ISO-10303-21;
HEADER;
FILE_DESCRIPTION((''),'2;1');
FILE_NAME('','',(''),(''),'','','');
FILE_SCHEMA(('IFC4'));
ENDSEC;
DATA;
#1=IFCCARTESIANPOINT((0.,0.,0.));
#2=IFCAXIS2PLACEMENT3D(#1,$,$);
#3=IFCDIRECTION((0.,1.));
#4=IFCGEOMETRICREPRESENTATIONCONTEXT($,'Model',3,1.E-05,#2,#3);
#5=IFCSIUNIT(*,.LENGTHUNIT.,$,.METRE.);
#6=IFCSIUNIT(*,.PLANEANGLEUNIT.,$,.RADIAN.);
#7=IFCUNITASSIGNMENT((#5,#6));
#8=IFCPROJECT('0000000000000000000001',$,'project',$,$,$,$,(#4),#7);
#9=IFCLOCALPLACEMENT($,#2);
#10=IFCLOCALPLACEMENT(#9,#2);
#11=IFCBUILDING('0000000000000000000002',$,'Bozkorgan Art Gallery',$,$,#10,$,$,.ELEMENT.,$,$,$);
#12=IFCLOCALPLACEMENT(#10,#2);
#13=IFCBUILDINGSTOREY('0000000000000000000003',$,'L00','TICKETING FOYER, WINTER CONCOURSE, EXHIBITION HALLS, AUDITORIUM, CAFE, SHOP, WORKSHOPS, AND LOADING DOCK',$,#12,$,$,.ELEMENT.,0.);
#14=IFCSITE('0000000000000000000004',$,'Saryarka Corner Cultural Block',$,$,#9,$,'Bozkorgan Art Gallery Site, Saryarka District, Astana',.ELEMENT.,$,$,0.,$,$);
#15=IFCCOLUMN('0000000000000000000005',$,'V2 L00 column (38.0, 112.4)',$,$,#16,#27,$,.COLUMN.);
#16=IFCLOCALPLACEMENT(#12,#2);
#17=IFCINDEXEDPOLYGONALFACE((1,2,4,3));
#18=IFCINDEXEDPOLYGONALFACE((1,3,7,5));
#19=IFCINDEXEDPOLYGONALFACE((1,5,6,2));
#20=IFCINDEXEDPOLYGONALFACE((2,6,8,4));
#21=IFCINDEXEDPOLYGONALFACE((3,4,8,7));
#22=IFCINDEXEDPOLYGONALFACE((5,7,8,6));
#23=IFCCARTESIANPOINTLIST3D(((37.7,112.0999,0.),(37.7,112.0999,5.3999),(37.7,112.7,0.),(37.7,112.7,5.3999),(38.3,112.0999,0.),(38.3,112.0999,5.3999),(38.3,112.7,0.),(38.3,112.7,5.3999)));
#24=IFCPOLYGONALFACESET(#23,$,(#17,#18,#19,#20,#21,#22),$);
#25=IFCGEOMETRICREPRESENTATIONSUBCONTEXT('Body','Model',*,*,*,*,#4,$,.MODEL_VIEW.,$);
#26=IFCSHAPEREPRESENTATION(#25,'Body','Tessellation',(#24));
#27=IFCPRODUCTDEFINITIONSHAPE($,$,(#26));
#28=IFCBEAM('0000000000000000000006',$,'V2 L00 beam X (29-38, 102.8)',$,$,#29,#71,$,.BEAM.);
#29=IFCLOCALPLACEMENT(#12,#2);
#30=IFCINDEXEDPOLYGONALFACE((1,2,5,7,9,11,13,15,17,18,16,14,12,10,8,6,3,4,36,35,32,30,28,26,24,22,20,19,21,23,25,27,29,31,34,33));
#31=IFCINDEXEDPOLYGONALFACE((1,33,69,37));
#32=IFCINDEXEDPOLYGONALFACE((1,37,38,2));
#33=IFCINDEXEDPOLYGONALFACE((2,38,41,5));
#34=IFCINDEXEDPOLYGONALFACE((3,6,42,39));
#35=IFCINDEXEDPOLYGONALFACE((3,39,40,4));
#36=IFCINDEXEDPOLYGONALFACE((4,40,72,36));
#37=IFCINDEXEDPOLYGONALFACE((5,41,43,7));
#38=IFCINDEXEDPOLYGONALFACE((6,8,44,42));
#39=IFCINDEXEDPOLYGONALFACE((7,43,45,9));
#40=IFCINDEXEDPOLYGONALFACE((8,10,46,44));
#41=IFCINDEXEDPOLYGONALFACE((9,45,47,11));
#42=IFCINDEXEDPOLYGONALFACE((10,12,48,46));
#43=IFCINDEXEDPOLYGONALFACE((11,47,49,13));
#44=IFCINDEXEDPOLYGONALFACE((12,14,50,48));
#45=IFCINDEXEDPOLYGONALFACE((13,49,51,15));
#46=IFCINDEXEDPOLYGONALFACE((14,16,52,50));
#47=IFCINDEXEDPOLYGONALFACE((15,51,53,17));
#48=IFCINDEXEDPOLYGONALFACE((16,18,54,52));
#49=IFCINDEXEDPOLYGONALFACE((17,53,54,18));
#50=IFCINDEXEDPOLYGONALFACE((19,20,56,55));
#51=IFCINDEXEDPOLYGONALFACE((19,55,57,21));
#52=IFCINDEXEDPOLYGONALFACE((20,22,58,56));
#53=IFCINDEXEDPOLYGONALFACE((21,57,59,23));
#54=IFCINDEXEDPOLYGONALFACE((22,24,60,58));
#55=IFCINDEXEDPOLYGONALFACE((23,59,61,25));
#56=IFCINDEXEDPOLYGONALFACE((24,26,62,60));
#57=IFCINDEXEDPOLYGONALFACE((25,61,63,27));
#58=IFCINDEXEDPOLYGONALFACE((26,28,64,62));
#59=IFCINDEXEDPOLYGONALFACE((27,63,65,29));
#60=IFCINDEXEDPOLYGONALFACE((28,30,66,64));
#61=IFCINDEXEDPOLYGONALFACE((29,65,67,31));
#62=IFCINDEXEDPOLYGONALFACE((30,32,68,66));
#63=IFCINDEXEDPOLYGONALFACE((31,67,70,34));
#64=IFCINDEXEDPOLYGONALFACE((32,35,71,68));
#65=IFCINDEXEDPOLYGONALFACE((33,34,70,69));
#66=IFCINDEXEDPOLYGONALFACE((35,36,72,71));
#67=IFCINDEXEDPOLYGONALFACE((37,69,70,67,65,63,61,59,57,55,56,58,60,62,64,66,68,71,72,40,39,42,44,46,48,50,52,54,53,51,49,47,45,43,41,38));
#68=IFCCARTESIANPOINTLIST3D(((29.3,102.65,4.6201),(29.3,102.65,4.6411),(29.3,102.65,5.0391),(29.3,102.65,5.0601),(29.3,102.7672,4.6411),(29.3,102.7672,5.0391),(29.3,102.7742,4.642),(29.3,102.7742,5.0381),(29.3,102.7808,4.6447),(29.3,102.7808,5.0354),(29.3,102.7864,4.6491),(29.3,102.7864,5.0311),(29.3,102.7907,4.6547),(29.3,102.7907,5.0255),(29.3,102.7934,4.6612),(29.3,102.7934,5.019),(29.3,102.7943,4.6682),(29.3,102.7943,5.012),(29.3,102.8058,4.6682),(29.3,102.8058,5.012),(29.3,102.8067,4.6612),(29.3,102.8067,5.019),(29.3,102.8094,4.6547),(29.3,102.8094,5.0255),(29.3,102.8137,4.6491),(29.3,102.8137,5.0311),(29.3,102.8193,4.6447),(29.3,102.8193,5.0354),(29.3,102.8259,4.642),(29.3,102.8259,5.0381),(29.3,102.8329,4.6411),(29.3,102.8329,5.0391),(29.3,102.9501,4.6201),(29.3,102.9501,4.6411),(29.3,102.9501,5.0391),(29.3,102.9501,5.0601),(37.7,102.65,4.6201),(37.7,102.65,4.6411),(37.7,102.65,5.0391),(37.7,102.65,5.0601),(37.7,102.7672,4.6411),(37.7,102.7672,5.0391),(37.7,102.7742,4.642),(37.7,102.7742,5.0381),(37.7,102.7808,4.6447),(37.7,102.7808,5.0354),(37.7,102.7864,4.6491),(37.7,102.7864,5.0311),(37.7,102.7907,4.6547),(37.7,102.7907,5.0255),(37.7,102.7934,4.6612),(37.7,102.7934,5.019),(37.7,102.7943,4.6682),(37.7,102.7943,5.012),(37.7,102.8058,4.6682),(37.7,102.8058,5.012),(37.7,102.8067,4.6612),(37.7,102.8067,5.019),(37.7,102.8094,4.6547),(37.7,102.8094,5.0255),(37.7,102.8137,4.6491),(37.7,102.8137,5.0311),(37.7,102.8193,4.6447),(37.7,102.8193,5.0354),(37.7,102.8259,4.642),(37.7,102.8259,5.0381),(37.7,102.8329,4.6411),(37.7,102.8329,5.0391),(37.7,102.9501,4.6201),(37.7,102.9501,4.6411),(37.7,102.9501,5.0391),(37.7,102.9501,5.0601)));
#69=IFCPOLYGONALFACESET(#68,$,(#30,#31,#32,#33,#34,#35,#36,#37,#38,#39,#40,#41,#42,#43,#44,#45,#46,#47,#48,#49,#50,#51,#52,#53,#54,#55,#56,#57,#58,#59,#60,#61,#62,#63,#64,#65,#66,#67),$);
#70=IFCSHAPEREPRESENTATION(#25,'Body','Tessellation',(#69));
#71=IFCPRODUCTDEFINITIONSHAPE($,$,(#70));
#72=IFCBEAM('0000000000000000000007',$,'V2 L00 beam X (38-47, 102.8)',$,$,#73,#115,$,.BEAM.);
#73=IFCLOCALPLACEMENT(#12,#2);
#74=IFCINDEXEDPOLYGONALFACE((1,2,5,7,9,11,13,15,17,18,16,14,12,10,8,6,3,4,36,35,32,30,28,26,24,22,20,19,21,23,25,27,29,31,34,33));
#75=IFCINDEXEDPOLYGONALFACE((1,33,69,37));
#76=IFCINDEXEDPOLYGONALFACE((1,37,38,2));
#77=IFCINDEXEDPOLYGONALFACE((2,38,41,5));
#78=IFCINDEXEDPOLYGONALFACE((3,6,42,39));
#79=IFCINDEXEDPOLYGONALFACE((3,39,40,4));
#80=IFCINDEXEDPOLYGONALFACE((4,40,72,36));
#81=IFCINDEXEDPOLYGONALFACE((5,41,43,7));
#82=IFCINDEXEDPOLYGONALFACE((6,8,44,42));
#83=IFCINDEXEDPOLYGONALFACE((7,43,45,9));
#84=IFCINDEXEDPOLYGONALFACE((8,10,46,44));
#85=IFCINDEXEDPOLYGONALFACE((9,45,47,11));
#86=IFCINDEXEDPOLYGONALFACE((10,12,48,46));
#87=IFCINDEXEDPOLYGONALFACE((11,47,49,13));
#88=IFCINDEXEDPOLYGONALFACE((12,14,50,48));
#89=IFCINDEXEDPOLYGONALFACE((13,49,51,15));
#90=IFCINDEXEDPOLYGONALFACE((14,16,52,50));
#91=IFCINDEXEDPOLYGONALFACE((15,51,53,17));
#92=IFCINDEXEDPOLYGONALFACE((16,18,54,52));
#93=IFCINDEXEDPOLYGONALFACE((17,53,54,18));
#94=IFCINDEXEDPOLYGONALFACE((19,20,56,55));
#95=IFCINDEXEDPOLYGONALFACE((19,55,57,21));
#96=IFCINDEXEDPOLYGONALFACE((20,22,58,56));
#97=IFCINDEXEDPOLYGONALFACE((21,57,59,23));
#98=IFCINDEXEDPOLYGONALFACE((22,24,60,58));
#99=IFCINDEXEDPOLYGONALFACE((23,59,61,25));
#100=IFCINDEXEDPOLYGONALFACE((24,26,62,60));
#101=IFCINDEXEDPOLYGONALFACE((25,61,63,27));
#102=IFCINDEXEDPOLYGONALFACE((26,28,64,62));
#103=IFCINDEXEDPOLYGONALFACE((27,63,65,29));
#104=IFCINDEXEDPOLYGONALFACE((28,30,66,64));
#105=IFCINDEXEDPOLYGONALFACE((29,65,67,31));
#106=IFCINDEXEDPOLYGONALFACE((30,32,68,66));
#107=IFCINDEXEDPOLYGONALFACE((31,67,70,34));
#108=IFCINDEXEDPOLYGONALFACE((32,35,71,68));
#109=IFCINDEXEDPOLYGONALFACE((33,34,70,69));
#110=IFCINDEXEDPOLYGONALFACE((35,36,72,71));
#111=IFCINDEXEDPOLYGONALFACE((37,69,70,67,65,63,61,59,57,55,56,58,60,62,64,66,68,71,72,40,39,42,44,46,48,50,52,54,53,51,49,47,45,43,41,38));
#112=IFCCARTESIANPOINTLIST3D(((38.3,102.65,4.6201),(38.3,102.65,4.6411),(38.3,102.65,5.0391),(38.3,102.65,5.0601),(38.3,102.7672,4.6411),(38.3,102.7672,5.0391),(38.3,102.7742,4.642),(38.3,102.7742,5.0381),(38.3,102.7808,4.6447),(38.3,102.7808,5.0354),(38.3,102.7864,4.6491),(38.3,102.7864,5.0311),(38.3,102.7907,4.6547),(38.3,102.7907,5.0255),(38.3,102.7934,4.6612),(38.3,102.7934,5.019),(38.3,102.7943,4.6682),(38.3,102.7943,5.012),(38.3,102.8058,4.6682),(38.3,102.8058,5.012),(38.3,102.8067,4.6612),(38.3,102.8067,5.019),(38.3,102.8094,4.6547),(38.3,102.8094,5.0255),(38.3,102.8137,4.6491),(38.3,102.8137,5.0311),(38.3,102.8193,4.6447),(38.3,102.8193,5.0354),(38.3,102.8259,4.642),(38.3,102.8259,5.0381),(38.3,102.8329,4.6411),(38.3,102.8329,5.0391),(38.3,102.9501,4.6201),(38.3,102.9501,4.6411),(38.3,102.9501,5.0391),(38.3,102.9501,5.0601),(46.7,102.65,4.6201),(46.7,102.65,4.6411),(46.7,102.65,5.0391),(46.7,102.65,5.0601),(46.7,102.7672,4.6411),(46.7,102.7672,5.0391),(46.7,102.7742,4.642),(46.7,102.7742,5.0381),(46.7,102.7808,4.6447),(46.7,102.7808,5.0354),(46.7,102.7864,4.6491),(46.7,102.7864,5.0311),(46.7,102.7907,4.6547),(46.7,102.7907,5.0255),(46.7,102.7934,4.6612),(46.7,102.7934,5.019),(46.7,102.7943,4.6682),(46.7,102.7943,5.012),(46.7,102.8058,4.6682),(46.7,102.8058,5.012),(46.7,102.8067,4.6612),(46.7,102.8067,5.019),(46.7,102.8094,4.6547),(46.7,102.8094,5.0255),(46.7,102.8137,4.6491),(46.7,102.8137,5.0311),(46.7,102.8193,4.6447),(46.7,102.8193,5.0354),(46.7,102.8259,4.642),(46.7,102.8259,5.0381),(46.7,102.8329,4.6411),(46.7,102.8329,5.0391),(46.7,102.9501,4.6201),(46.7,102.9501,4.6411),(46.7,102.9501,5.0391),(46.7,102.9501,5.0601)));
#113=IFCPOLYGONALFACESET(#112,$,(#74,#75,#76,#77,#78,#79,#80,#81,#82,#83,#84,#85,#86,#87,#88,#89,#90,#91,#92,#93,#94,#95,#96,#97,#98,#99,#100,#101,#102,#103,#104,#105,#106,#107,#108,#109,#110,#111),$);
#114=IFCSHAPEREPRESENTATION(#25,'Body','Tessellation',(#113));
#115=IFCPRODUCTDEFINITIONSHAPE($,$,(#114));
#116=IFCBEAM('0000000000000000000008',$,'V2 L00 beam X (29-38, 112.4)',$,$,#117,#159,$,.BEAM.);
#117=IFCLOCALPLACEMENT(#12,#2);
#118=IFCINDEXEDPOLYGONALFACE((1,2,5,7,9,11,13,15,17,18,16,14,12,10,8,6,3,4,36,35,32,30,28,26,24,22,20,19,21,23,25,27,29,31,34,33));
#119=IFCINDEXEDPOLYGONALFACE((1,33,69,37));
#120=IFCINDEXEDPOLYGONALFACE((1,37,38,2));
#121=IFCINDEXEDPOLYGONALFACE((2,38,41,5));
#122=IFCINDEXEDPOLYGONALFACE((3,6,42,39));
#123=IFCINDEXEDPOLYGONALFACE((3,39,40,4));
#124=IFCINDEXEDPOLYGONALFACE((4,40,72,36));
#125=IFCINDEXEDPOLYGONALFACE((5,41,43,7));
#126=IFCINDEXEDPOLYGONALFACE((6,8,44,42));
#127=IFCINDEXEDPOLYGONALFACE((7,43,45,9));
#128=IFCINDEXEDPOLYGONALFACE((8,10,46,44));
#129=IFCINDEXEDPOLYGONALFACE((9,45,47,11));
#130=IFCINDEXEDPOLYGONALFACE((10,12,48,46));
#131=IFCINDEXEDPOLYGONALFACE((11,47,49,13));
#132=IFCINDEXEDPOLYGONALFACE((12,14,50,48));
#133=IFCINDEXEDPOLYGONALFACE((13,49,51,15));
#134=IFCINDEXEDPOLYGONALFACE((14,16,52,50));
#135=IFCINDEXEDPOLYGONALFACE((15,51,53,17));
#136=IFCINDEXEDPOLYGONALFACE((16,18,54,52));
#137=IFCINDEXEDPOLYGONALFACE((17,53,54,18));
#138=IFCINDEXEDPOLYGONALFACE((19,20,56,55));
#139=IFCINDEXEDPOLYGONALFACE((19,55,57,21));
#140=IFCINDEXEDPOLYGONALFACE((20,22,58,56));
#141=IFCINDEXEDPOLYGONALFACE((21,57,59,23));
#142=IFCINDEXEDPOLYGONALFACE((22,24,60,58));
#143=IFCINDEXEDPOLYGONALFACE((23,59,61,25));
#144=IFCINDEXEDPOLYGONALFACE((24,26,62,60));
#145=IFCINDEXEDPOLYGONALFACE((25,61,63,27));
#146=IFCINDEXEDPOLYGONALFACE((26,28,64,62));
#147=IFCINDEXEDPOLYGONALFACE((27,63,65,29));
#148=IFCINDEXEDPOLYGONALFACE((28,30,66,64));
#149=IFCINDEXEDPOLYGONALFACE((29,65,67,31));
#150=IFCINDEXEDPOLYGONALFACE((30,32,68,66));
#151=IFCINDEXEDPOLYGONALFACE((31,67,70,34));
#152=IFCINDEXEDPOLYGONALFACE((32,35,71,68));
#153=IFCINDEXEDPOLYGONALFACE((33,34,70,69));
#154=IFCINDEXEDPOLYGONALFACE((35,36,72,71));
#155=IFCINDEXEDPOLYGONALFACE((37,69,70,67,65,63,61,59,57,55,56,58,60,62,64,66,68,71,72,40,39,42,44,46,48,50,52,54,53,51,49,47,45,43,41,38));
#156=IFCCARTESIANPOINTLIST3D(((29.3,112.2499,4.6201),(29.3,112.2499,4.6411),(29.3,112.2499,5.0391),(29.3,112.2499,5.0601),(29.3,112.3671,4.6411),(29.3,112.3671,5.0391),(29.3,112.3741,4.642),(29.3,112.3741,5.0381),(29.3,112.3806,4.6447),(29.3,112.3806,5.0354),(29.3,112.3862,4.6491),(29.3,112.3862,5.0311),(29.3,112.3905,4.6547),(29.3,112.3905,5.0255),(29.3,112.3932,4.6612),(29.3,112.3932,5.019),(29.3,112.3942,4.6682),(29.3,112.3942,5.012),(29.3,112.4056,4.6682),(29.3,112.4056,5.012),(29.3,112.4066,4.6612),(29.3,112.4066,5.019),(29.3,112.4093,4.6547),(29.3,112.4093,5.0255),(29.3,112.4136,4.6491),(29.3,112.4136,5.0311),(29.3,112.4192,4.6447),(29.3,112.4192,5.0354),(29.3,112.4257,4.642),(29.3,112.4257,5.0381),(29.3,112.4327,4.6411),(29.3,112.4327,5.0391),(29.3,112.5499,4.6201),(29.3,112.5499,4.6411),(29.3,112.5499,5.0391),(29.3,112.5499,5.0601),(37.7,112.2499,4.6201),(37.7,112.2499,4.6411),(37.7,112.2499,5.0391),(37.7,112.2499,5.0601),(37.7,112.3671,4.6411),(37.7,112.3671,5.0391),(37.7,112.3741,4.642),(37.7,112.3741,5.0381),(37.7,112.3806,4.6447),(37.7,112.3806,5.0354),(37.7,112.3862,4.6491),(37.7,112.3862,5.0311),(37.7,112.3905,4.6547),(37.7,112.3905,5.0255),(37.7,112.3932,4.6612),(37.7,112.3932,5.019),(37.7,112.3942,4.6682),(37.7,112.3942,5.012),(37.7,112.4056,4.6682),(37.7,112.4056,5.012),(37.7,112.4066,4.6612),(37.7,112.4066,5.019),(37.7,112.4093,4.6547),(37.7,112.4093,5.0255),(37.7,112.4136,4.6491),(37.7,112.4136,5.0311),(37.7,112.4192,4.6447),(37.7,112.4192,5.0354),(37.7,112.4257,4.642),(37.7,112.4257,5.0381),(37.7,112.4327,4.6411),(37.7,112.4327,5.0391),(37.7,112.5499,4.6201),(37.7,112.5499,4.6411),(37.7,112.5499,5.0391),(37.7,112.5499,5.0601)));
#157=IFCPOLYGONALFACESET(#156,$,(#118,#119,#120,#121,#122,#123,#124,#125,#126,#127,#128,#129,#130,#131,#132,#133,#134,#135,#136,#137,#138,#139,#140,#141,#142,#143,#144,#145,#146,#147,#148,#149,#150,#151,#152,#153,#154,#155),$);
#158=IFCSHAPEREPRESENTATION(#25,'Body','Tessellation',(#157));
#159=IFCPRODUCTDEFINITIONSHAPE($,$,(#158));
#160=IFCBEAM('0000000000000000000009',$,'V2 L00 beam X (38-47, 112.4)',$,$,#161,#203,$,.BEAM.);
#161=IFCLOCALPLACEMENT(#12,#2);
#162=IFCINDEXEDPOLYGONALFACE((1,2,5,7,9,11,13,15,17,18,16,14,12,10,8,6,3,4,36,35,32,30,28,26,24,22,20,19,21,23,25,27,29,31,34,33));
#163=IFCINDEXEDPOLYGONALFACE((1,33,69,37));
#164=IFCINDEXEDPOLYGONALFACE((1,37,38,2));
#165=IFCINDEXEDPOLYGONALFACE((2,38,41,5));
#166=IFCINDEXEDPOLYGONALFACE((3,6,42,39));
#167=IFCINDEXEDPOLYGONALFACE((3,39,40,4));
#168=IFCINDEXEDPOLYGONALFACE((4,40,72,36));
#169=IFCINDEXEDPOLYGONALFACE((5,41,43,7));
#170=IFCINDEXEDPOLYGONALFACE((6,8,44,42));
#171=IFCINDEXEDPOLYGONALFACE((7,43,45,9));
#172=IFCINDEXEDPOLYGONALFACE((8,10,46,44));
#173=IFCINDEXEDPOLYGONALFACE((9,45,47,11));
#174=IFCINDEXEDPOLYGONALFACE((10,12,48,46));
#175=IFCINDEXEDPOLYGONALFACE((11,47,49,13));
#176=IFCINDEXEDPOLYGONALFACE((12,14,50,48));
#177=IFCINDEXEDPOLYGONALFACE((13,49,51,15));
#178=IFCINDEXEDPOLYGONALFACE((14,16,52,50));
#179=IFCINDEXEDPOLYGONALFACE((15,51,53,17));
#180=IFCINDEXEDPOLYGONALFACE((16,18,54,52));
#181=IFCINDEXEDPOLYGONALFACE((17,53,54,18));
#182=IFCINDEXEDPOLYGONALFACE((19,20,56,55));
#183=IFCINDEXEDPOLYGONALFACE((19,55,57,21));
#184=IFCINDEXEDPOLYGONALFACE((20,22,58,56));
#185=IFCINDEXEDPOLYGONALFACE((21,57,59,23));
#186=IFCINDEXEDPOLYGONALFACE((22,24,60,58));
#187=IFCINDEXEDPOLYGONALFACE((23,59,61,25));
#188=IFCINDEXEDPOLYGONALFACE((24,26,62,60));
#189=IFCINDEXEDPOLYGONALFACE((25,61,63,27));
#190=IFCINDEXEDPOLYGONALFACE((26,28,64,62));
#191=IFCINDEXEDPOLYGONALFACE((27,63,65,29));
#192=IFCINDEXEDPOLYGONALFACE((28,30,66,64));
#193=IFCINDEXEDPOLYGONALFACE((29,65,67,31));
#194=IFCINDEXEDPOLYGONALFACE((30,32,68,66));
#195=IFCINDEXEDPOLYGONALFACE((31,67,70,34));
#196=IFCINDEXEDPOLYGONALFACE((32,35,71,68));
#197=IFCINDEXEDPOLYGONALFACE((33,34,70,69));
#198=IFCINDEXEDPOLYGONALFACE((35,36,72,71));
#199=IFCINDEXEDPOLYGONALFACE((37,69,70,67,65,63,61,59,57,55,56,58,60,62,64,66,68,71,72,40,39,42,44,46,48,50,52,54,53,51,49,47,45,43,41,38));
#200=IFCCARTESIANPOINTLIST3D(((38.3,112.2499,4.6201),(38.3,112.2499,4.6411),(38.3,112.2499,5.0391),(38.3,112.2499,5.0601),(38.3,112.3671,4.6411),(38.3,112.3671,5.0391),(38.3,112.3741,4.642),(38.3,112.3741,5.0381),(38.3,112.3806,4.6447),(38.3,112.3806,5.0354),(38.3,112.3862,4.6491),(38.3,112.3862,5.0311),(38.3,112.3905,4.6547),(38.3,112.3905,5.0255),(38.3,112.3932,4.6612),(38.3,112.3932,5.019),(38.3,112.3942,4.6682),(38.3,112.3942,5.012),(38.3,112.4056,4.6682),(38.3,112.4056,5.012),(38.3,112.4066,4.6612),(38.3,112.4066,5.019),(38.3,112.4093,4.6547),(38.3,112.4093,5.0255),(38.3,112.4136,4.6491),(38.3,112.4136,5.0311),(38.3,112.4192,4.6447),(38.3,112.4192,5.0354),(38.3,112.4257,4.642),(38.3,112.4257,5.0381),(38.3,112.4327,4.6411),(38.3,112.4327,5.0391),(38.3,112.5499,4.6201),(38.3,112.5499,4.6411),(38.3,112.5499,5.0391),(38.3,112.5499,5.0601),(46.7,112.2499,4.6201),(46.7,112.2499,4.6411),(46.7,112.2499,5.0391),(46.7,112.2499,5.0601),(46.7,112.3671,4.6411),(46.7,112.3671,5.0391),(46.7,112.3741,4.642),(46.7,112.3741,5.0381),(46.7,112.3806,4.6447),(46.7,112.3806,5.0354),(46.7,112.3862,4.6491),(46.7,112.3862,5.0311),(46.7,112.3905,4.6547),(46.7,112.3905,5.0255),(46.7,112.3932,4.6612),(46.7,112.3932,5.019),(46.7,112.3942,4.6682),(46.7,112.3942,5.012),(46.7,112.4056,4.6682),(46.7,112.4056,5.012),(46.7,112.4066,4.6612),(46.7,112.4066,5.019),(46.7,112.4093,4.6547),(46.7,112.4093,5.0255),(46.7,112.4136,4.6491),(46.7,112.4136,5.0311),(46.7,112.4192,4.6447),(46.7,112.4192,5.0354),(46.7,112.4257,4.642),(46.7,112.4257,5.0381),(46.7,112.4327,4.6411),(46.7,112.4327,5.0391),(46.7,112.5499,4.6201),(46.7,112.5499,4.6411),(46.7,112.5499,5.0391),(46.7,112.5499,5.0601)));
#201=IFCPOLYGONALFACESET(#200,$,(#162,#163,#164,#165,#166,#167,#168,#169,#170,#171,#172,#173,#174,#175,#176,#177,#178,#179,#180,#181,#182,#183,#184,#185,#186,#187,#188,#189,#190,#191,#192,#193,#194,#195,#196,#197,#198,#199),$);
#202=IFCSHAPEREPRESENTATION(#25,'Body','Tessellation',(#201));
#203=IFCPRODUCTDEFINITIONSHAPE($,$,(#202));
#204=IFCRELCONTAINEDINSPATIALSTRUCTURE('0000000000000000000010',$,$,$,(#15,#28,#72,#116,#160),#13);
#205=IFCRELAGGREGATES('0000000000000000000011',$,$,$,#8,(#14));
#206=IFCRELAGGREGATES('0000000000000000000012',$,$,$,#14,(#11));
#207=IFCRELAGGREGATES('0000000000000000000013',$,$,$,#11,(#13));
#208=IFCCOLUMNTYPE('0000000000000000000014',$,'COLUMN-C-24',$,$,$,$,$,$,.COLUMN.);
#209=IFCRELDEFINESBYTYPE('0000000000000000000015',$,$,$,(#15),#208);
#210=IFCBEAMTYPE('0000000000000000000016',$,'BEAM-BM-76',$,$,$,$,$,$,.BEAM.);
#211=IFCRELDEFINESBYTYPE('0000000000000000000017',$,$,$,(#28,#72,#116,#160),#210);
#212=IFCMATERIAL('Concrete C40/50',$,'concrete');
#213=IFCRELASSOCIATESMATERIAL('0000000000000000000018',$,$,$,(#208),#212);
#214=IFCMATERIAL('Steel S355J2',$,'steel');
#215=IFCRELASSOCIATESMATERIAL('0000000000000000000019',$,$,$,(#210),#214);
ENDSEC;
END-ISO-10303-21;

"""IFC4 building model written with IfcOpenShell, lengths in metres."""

from ifc_helpers import new_model, si_unit, direction, frame, origin, origin_2d, place, context, subcontext, project, spatial, rectangle, i_section, extrude, material, material_profile, profile_set, type_object, element, save


model = new_model("IFC4")

# Units and contexts
model_context = context("Model", 3, precision=1e-05, world=origin(), true_north=direction((0.0, 1.0)))
body_context = subcontext(model_context, "Body", "Model", "MODEL_VIEW")
ifc_project = project(units=[si_unit("LENGTHUNIT", "METRE"), si_unit("PLANEANGLEUNIT", "RADIAN")], contexts=[model_context])

# Site, building, storey
site_placement = place(None, origin())
site = spatial("IfcSite", under=ifc_project, at=site_placement, Name="Saryarka Corner Cultural Block", LongName="Bozkorgan Art Gallery Site, Saryarka District, Astana", CompositionType="ELEMENT", RefElevation=0.0)
building_placement = place(site_placement, origin())
building = spatial("IfcBuilding", under=site, at=building_placement, Name="Bozkorgan Art Gallery", CompositionType="ELEMENT")
storey_placement = place(building_placement, origin())
storey = spatial("IfcBuildingStorey", under=building, at=storey_placement, Name="L00", Description="TICKETING FOYER, WINTER CONCOURSE, EXHIBITION HALLS, AUDITORIUM, CAFE, SHOP, WORKSHOPS, AND LOADING DOCK", CompositionType="ELEMENT", Elevation=0.0)

# Column
ifc_material_1 = material(Name="Concrete C40/50", Category="concrete")
ifc_material_profile_1 = material_profile(ifc_material_1, rectangle(XDim=0.6001, YDim=0.6001, at=origin_2d()), Name="RC 600x600")
ifc_profile_set_1 = profile_set([ifc_material_profile_1], Name="Concrete C40/50")
column_type = type_object("IfcColumnType", Name="COLUMN-C-24", PredefinedType="COLUMN", material=ifc_profile_set_1)
for number, where, z_axis, x_axis, name in (
    (1, (38.0, 112.3999, 0.0), (0.0, 0.0, 1.0), (1.0, 0.0, 0.0), "V2 L00 column (38.0, 112.4)"),
):
    element("IfcColumn", number, at=place(storey_placement, frame(where, z_axis=z_axis, x_axis=x_axis)), inside=storey, type_object=column_type, Name=name, PredefinedType="COLUMN", context=body_context, shape_type="SweptSolid", body=[
        extrude(rectangle(XDim=0.6001, YDim=0.6001, at=origin_2d()), origin(), (0.0, 0.0, 1.0), 5.3999),
    ])

# Beams
ifc_material_2 = material(Name="Steel S355J2", Category="steel")
ifc_material_profile_2 = material_profile(ifc_material_2, i_section(OverallWidth=0.3, OverallDepth=0.4399, WebThickness=0.0115, FlangeThickness=0.021, FilletRadius=0.0271, at=origin_2d()), Name="HEA 450")
ifc_profile_set_2 = profile_set([ifc_material_profile_2], Name="Steel S355J2")
beam_type = type_object("IfcBeamType", Name="BEAM-BM-76", PredefinedType="BEAM", material=ifc_profile_set_2)
for number, where, z_axis, x_axis, name in (
    (2, (29.3, 102.8, 4.8401), (1.0, 0.0, 0.0), (0.0, 1.0, 0.0), "V2 L00 beam X (29-38, 102.8)"),
    (3, (38.3, 102.8, 4.8401), (1.0, 0.0, 0.0), (0.0, 1.0, 0.0), "V2 L00 beam X (38-47, 102.8)"),
    (4, (29.3, 112.3999, 4.8401), (1.0, 0.0, 0.0), (0.0, 1.0, 0.0), "V2 L00 beam X (29-38, 112.4)"),
    (5, (38.3, 112.3999, 4.8401), (1.0, 0.0, 0.0), (0.0, 1.0, 0.0), "V2 L00 beam X (38-47, 112.4)"),
):
    element("IfcBeam", number, at=place(storey_placement, frame(where, z_axis=z_axis, x_axis=x_axis)), inside=storey, type_object=beam_type, Name=name, PredefinedType="BEAM", context=body_context, shape_type="SweptSolid", body=[
        extrude(i_section(OverallWidth=0.3, OverallDepth=0.4399, WebThickness=0.0115, FlangeThickness=0.021, FilletRadius=0.0271, at=origin_2d()), origin(), (0.0, 0.0, 1.0), 8.3999),
    ])

save(model, "model.ifc")
